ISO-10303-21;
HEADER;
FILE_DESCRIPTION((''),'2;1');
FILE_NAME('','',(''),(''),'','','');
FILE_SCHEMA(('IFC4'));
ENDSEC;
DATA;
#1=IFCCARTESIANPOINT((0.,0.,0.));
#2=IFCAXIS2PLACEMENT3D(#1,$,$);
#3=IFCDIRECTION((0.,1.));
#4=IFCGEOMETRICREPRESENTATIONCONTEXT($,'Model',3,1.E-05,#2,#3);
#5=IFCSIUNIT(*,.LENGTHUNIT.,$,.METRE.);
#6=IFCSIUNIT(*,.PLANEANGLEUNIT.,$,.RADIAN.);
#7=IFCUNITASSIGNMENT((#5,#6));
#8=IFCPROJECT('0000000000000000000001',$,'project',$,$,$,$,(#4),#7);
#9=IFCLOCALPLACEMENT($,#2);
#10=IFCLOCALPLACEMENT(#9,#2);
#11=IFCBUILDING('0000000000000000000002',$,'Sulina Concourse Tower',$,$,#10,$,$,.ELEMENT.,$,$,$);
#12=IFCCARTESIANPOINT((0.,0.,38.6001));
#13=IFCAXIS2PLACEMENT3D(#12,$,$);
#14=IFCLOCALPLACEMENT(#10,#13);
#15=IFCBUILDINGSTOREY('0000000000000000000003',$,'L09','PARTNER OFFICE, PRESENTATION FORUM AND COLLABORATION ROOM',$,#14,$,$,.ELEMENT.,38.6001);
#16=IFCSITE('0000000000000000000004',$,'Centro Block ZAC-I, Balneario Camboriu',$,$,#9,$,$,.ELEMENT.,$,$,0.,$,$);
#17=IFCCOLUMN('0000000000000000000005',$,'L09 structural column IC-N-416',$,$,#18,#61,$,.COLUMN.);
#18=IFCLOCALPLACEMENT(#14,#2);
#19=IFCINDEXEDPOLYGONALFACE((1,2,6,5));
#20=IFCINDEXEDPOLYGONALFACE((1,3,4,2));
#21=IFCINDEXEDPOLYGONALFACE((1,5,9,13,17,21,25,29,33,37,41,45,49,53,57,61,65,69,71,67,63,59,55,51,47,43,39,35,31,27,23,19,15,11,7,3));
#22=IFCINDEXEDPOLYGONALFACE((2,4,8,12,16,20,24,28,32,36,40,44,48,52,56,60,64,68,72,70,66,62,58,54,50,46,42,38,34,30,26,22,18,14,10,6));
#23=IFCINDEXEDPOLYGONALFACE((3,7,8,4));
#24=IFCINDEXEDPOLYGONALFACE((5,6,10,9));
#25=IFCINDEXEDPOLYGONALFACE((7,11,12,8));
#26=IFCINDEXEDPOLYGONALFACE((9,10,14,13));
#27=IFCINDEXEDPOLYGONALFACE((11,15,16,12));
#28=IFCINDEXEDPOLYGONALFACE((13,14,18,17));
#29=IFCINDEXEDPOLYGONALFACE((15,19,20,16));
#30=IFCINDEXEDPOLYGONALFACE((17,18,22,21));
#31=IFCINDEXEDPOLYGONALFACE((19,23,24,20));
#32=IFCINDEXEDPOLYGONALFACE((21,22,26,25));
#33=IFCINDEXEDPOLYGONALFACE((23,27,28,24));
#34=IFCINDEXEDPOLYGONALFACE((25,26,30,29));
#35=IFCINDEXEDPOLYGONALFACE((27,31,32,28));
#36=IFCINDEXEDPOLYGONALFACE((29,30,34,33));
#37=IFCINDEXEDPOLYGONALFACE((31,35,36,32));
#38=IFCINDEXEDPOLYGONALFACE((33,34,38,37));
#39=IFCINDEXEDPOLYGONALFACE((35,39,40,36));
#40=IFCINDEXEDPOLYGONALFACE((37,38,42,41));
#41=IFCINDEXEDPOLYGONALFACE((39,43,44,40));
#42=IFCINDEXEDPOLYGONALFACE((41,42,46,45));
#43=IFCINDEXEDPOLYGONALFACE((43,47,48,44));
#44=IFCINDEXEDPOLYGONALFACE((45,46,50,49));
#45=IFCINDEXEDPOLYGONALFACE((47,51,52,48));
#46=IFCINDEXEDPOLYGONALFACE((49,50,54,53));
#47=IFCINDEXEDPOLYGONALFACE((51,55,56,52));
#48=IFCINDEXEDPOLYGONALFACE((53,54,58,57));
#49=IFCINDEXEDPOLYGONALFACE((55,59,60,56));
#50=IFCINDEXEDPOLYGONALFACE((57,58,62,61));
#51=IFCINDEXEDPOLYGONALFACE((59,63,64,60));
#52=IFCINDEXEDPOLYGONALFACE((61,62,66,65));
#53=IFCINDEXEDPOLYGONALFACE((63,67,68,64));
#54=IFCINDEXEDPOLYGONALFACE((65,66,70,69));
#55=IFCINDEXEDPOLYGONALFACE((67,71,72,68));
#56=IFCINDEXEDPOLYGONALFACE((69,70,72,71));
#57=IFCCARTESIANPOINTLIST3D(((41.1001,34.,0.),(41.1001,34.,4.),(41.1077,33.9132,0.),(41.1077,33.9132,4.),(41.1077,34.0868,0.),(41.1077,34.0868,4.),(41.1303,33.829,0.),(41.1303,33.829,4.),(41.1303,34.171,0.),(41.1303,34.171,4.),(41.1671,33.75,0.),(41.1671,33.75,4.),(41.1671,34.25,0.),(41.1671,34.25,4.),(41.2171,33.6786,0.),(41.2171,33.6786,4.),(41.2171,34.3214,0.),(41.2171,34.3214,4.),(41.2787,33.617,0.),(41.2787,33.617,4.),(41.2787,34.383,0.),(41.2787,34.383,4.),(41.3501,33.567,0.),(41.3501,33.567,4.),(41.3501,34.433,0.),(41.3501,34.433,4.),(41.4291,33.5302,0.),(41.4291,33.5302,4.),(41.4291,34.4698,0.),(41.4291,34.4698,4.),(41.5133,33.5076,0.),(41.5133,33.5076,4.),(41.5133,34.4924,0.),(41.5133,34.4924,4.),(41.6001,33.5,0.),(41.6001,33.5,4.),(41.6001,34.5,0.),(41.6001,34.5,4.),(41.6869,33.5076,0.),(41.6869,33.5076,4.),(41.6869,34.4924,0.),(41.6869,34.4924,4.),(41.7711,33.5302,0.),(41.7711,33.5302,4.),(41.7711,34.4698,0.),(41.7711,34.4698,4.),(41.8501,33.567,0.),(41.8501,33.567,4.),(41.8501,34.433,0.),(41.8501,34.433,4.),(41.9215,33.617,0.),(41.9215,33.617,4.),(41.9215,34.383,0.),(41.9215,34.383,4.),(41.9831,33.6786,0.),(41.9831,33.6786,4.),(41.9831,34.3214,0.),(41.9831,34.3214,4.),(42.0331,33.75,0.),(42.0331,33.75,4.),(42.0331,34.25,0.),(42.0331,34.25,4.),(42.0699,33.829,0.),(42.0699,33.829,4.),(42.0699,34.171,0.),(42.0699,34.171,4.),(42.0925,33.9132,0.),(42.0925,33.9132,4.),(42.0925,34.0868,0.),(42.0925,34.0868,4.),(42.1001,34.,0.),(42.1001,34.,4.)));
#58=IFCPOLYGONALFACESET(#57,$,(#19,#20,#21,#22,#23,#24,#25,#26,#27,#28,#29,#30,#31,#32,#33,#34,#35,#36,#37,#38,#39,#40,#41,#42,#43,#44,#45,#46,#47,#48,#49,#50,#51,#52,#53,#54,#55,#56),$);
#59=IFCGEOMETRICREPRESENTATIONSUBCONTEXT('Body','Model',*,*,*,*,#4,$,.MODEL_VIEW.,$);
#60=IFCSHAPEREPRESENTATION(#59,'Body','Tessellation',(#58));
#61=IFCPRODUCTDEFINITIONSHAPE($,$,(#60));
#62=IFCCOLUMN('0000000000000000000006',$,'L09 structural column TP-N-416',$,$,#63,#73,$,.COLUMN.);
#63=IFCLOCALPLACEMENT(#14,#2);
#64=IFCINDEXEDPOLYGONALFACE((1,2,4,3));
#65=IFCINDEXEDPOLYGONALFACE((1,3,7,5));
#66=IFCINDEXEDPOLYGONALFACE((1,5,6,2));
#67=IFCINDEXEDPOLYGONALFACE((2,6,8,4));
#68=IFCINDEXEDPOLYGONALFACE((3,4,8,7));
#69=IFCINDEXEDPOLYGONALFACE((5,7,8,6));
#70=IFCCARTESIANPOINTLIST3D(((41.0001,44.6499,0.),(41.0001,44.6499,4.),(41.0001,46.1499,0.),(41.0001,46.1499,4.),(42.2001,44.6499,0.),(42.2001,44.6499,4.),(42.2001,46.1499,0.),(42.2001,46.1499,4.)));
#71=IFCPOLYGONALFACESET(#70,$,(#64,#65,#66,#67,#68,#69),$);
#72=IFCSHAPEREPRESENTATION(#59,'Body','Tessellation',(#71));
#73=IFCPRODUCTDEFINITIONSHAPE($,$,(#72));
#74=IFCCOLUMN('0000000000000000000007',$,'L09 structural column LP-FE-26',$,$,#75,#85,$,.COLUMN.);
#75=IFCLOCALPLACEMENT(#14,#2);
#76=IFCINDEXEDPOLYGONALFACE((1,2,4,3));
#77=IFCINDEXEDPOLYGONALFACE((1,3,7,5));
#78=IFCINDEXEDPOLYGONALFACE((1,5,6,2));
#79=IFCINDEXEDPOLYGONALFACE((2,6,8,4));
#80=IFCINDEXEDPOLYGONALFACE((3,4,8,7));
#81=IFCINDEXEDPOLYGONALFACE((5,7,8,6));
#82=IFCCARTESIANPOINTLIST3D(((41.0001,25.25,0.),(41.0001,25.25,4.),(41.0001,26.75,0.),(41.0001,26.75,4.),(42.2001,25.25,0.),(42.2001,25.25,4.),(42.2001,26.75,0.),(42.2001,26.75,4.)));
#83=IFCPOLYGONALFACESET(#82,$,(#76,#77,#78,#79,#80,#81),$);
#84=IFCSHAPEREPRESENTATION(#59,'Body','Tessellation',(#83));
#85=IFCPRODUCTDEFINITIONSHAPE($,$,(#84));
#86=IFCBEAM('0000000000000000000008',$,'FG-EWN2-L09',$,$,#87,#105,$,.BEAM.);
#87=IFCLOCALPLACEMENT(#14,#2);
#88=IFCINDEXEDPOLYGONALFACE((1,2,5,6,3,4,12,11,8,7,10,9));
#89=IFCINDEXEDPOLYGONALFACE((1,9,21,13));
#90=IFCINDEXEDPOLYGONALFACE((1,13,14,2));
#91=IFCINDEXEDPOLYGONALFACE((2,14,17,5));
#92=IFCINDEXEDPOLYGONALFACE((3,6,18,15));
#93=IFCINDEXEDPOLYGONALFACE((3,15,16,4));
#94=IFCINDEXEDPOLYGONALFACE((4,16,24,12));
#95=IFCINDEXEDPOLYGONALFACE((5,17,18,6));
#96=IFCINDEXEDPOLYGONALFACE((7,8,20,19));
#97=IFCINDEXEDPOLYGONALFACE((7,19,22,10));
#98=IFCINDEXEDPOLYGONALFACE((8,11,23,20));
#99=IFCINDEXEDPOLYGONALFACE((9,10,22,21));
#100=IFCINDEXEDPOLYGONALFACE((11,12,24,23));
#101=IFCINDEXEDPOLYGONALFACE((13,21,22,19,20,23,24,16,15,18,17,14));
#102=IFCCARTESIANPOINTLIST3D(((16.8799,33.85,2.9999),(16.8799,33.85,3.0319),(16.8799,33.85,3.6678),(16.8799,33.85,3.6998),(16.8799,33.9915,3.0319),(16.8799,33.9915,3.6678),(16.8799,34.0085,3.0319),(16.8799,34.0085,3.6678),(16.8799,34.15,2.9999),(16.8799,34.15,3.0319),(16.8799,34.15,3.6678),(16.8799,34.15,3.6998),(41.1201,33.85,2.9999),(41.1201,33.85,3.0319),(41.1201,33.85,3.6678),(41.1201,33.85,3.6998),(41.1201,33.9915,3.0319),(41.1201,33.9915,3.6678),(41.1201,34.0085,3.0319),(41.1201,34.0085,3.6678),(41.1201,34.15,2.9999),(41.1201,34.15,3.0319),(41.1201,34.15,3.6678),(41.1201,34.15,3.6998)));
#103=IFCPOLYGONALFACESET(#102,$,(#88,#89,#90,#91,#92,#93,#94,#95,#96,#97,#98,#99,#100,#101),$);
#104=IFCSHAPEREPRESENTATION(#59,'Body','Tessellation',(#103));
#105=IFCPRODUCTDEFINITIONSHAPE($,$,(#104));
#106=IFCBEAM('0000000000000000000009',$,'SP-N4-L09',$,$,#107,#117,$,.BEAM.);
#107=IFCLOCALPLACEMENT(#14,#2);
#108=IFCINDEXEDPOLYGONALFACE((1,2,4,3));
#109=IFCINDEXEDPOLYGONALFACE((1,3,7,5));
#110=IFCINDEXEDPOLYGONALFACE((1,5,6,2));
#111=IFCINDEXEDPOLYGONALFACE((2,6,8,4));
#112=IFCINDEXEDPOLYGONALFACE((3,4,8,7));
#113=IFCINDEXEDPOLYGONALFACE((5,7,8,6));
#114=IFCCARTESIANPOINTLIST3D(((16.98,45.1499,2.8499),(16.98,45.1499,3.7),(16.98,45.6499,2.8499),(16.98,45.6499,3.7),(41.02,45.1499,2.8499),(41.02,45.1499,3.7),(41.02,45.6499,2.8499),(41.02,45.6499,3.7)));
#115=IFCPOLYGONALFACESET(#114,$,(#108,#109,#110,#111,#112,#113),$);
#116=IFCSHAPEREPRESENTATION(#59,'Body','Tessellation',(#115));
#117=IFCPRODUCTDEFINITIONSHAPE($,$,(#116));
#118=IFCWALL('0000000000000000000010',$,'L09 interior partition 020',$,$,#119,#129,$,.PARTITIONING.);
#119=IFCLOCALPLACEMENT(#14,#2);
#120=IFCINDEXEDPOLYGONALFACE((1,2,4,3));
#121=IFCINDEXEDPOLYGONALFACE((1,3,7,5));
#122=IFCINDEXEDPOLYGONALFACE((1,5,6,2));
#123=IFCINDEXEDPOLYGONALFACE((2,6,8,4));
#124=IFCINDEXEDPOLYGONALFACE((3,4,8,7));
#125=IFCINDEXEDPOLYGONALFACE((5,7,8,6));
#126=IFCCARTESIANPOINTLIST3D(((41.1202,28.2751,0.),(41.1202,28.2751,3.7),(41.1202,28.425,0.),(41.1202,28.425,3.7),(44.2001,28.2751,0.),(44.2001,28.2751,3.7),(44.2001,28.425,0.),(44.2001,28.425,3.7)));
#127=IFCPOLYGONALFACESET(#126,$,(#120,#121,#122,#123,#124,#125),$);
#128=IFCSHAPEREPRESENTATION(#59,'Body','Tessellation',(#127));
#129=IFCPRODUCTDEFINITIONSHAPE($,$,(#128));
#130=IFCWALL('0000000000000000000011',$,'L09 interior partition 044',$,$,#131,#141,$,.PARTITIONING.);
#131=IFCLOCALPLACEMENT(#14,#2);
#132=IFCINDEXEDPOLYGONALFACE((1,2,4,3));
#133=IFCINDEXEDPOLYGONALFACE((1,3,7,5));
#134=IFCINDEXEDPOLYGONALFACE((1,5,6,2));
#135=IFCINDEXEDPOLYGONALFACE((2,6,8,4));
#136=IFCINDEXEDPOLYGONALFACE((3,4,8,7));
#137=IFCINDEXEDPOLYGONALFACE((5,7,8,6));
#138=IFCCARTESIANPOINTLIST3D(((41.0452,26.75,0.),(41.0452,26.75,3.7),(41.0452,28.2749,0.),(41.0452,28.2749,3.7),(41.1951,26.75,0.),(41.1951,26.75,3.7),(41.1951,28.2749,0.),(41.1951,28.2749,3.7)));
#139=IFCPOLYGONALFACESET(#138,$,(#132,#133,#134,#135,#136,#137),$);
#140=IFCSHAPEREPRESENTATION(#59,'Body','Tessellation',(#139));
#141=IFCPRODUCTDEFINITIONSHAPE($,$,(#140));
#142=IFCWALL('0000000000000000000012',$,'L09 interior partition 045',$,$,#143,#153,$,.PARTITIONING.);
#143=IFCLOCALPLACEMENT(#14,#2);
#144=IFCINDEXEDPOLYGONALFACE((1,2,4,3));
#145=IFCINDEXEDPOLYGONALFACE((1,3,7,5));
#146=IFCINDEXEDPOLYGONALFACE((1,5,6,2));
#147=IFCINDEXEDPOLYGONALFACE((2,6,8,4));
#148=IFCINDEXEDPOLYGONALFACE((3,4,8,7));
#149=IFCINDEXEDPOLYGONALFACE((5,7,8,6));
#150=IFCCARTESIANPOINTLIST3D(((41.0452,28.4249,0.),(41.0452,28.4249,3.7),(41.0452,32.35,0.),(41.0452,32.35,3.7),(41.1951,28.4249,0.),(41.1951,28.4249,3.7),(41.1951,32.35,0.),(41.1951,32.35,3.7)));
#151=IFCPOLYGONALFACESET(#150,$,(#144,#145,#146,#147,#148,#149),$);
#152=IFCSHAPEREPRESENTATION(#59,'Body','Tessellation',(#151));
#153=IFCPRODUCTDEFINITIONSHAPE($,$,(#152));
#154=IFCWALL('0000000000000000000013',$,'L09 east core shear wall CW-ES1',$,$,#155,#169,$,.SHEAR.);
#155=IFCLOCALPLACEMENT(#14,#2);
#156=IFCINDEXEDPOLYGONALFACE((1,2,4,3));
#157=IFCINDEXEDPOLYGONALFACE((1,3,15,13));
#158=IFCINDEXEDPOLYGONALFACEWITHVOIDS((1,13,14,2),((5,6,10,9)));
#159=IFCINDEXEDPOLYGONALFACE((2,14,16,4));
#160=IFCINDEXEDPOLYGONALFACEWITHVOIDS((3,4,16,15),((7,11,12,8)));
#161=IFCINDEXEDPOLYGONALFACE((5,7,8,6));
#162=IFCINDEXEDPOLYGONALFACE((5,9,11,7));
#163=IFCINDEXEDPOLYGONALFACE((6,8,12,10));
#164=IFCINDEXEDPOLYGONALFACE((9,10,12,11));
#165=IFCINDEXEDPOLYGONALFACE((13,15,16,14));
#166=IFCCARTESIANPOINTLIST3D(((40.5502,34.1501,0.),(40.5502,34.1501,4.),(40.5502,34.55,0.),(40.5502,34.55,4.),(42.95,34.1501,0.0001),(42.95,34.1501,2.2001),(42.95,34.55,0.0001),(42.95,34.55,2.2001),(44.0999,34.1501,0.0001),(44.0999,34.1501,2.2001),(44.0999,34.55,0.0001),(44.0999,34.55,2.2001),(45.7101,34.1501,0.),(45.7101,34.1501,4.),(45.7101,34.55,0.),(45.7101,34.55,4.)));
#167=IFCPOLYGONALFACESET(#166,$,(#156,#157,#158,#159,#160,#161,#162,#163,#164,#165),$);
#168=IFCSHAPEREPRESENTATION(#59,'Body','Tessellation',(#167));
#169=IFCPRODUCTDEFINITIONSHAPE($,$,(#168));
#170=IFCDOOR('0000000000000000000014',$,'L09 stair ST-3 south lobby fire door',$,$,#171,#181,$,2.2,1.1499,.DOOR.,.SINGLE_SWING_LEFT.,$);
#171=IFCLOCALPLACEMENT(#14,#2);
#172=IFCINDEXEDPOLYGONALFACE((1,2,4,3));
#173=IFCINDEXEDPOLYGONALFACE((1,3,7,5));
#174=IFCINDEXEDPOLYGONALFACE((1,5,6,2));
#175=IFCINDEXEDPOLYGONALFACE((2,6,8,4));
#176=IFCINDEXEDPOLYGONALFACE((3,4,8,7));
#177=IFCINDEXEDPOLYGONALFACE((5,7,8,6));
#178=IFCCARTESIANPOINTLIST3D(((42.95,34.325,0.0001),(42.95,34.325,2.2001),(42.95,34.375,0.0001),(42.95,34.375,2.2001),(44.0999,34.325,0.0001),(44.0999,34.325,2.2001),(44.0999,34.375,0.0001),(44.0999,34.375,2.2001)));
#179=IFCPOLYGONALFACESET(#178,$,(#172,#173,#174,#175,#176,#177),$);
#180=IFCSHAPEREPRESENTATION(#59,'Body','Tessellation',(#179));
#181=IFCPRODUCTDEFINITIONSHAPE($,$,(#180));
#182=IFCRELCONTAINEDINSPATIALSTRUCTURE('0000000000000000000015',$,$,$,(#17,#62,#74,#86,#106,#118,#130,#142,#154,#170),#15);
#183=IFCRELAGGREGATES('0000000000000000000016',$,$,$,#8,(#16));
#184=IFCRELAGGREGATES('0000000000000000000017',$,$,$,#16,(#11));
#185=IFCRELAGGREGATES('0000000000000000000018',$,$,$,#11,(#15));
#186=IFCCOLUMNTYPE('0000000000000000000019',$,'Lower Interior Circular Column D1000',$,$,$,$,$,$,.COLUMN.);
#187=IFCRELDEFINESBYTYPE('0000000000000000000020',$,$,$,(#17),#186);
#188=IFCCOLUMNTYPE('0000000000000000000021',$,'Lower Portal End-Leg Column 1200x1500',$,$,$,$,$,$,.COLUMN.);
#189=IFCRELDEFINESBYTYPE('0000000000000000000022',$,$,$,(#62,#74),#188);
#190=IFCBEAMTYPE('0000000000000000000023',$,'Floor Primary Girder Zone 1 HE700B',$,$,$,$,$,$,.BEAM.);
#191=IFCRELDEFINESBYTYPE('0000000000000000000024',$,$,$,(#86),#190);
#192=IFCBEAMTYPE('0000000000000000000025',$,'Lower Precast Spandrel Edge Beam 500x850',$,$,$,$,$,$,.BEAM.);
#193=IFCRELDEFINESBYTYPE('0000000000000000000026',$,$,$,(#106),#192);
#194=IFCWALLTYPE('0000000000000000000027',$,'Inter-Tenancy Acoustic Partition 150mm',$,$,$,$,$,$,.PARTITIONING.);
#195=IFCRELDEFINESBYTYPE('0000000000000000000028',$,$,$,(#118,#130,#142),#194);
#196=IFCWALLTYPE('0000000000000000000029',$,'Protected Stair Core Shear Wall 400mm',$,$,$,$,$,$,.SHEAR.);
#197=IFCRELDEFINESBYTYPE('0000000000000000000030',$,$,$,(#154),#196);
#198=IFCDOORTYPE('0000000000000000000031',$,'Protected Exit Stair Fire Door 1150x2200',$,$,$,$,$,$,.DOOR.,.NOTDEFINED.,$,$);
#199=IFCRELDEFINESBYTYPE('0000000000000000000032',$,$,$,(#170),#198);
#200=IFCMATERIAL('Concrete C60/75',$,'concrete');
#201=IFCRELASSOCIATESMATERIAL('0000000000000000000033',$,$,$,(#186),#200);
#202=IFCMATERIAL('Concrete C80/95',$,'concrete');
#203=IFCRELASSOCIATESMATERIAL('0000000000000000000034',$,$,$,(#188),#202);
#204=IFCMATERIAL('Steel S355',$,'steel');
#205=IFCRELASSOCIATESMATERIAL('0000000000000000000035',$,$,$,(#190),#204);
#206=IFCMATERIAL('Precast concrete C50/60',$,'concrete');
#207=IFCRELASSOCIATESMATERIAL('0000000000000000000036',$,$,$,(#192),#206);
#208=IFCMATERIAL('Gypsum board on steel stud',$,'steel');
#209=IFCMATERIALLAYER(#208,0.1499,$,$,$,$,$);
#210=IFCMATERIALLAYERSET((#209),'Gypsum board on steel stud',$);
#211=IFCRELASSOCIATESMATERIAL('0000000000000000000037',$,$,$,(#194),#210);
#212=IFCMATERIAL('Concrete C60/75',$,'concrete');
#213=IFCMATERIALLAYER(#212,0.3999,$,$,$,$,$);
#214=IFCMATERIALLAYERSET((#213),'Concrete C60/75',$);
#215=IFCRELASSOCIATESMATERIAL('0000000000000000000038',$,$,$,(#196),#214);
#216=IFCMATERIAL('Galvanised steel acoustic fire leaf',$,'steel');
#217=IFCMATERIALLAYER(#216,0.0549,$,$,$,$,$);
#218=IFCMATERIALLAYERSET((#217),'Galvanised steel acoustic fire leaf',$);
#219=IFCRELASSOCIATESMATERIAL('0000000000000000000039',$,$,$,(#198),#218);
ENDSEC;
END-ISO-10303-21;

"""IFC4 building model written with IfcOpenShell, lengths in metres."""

from ifc_helpers import new_model, si_unit, direction, frame, frame_2d, origin, origin_2d, place, context, subcontext, project, spatial, rectangle, circle, i_section, extrude, material, layer, layer_set, material_profile, profile_set, type_object, element, fill, save


model = new_model("IFC4")

# Units and contexts
model_context = context("Model", 3, precision=1e-05, world=origin(), true_north=direction((0.0, 1.0)))
body_context = subcontext(model_context, "Body", "Model", "MODEL_VIEW")
ifc_project = project(units=[si_unit("LENGTHUNIT", "METRE"), si_unit("PLANEANGLEUNIT", "RADIAN")], contexts=[model_context])

# Site, building, storey
site_placement = place(None, origin())
site = spatial("IfcSite", under=ifc_project, at=site_placement, Name="Centro Block ZAC-I, Balneario Camboriu", CompositionType="ELEMENT", RefElevation=0.0)
building_placement = place(site_placement, origin())
building = spatial("IfcBuilding", under=site, at=building_placement, Name="Sulina Concourse Tower", CompositionType="ELEMENT")
storey_placement = place(building_placement, frame((0.0, 0.0, 38.6001)))
storey = spatial("IfcBuildingStorey", under=building, at=storey_placement, Name="L09", Description="PARTNER OFFICE, PRESENTATION FORUM AND COLLABORATION ROOM", CompositionType="ELEMENT", Elevation=38.6001)

# Columns
ifc_material_1 = material(Name="Concrete C60/75", Category="concrete")
ifc_material_profile_1 = material_profile(ifc_material_1, circle(Radius=0.5, at=origin_2d()), Name="RC D1000")
ifc_profile_set_1 = profile_set([ifc_material_profile_1], Name="Concrete C60/75")
column_type_1 = type_object("IfcColumnType", Name="Lower Interior Circular Column D1000", PredefinedType="COLUMN", material=ifc_profile_set_1)
column_placement = place(storey_placement, frame((41.6001, 34.0, 0.0), z_axis=(0.0, 0.0, 1.0), x_axis=(1.0, 0.0, 0.0)))
element("IfcColumn", 1, at=column_placement, inside=storey, type_object=column_type_1, Name="L09 structural column IC-N-416", PredefinedType="COLUMN", context=body_context, shape_type="SweptSolid", body=[
    extrude(circle(Radius=0.5, at=origin_2d()), origin(), (0.0, 0.0, 1.0), 4.0),
])
ifc_material_2 = material(Name="Concrete C80/95", Category="concrete")
ifc_material_profile_2 = material_profile(ifc_material_2, rectangle(XDim=1.2, YDim=1.5, at=origin_2d()), Name="RC 1200x1500")
ifc_profile_set_2 = profile_set([ifc_material_profile_2], Name="Concrete C80/95")
column_type_2 = type_object("IfcColumnType", Name="Lower Portal End-Leg Column 1200x1500", PredefinedType="COLUMN", material=ifc_profile_set_2)
for number, where, z_axis, x_axis, name in (
    (2, (41.6001, 45.3999, 0.0), (0.0, 0.0, 1.0), (1.0, 0.0, 0.0), "L09 structural column TP-N-416"),
    (3, (41.6001, 26.0, 0.0), (0.0, 0.0, 1.0), (1.0, 0.0, 0.0), "L09 structural column LP-FE-26"),
):
    element("IfcColumn", number, at=place(storey_placement, frame(where, z_axis=z_axis, x_axis=x_axis)), inside=storey, type_object=column_type_2, Name=name, PredefinedType="COLUMN", context=body_context, shape_type="SweptSolid", body=[
        extrude(rectangle(XDim=1.2, YDim=1.5, at=origin_2d()), origin(), (0.0, 0.0, 1.0), 4.0),
    ])

# Beams
ifc_material_3 = material(Name="Steel S355", Category="steel")
ifc_material_profile_3 = material_profile(ifc_material_3, i_section(OverallWidth=0.3, OverallDepth=0.7, WebThickness=0.0171, FlangeThickness=0.032, at=origin_2d()), Name="HE 700 B")
ifc_profile_set_3 = profile_set([ifc_material_profile_3], Name="Steel S355")
beam_type_1 = type_object("IfcBeamType", Name="Floor Primary Girder Zone 1 HE700B", PredefinedType="BEAM", material=ifc_profile_set_3)
beam_1_placement = place(storey_placement, frame((16.8799, 34.0, 3.3499), z_axis=(1.0, 0.0, 0.0), x_axis=(0.0, 1.0, 0.0)))
element("IfcBeam", 4, at=beam_1_placement, inside=storey, type_object=beam_type_1, Name="FG-EWN2-L09", PredefinedType="BEAM", context=body_context, shape_type="SweptSolid", body=[
    extrude(i_section(OverallWidth=0.3, OverallDepth=0.7, WebThickness=0.0171, FlangeThickness=0.032, at=origin_2d()), origin(), (0.0, 0.0, 1.0), 24.2402),
])
ifc_material_4 = material(Name="Precast concrete C50/60", Category="concrete")
ifc_material_profile_4 = material_profile(ifc_material_4, rectangle(XDim=0.5, YDim=0.8501, at=origin_2d()), Name="RC 500x850")
ifc_profile_set_4 = profile_set([ifc_material_profile_4], Name="Precast concrete C50/60")
beam_type_2 = type_object("IfcBeamType", Name="Lower Precast Spandrel Edge Beam 500x850", PredefinedType="BEAM", material=ifc_profile_set_4)
beam_2_placement = place(storey_placement, frame((16.98, 45.3999, 3.2749), z_axis=(1.0, 0.0, 0.0), x_axis=(0.0, 1.0, 0.0)))
element("IfcBeam", 5, at=beam_2_placement, inside=storey, type_object=beam_type_2, Name="SP-N4-L09", PredefinedType="BEAM", context=body_context, shape_type="SweptSolid", body=[
    extrude(rectangle(XDim=0.5, YDim=0.8501, at=origin_2d()), origin(), (0.0, 0.0, 1.0), 24.04),
])

# Wall
ifc_material_5 = material(Name="Gypsum board on steel stud", Category="steel")
ifc_layer_1 = layer(ifc_material_5, 0.1499)
ifc_layer_set_1 = layer_set([ifc_layer_1], Name="Gypsum board on steel stud")
wall_type_1 = type_object("IfcWallType", Name="Inter-Tenancy Acoustic Partition 150mm", PredefinedType="PARTITIONING", material=ifc_layer_set_1)
wall_1_placement = place(storey_placement, frame((41.1201, 28.3501, 0.0), z_axis=(0.0, 0.0, 1.0), x_axis=(1.0, 0.0, 0.0)))
element("IfcWall", 6, at=wall_1_placement, inside=storey, type_object=wall_type_1, Name="L09 interior partition 020", PredefinedType="PARTITIONING", context=body_context, shape_type="SweptSolid", body=[
    extrude(rectangle(XDim=3.0798, YDim=0.1499, at=frame_2d((1.54, 0.0))), origin(), (0.0, 0.0, 1.0), 3.7),
])

# Walls
wall_2_placement = place(storey_placement, frame((41.1201, 26.75, 0.0), z_axis=(0.0, 0.0, 1.0), x_axis=(0.0, 1.0, 0.0)))
element("IfcWall", 7, at=wall_2_placement, inside=storey, type_object=wall_type_1, Name="L09 interior partition 044", PredefinedType="PARTITIONING", context=body_context, shape_type="SweptSolid", body=[
    extrude(rectangle(XDim=1.5249, YDim=0.1499, at=frame_2d((0.7625, 0.0))), origin(), (0.0, 0.0, 1.0), 3.7),
])
wall_3_placement = place(storey_placement, frame((41.1201, 28.425, 0.0), z_axis=(0.0, 0.0, 1.0), x_axis=(0.0, 1.0, 0.0)))
element("IfcWall", 8, at=wall_3_placement, inside=storey, type_object=wall_type_1, Name="L09 interior partition 045", PredefinedType="PARTITIONING", context=body_context, shape_type="SweptSolid", body=[
    extrude(rectangle(XDim=3.925, YDim=0.1499, at=frame_2d((1.9624, 0.0))), origin(), (0.0, 0.0, 1.0), 3.7),
])

# Wall, opening, door
ifc_material_6 = material(Name="Concrete C60/75", Category="concrete")
ifc_layer_2 = layer(ifc_material_6, 0.3999)
ifc_layer_set_2 = layer_set([ifc_layer_2], Name="Concrete C60/75")
wall_type_2 = type_object("IfcWallType", Name="Protected Stair Core Shear Wall 400mm", PredefinedType="SHEAR", material=ifc_layer_set_2)
wall_4_placement = place(storey_placement, frame((40.55, 34.3501, 0.0), z_axis=(0.0, 0.0, 1.0), x_axis=(1.0, 0.0, 0.0)))
wall_4 = element("IfcWall", 9, at=wall_4_placement, inside=storey, type_object=wall_type_2, Name="L09 east core shear wall CW-ES1", PredefinedType="SHEAR", context=body_context, shape_type="SweptSolid", body=[
    extrude(rectangle(XDim=5.1599, YDim=0.3999, at=frame_2d((2.5801, 0.0))), origin(), (0.0, 0.0, 1.0), 4.0),
])
opening_1_placement = place(wall_4_placement, frame((2.3999, 0.0, 0.0)))
opening_1 = element("IfcOpeningElement", 10, at=opening_1_placement, cuts=wall_4, PredefinedType="OPENING", context=body_context, shape_type="SweptSolid", body=[
    extrude(rectangle(XDim=1.1499, YDim=2.2, at=frame_2d((0.575, 1.1001))), frame((0.0, 0.21, 0.0), z_axis=(0.0, -1.0, 0.0), x_axis=(1.0, 0.0, 0.0)), (0.0, 0.0, 1.0), 0.4199),
])
ifc_material_7 = material(Name="Galvanised steel acoustic fire leaf", Category="steel")
ifc_layer_3 = layer(ifc_material_7, 0.0549)
ifc_layer_set_3 = layer_set([ifc_layer_3], Name="Galvanised steel acoustic fire leaf")
door_type_1 = type_object("IfcDoorType", Name="Protected Exit Stair Fire Door 1150x2200", OperationType="NOTDEFINED", PredefinedType="DOOR", material=ifc_layer_set_3)
door_1_placement = place(opening_1_placement, origin())
door_1 = element("IfcDoor", 11, at=door_1_placement, inside=storey, type_object=door_type_1, Name="L09 stair ST-3 south lobby fire door", OperationType="SINGLE_SWING_LEFT", OverallHeight=2.2, OverallWidth=1.1499, PredefinedType="DOOR", context=body_context, shape_type="SweptSolid", body=[
    extrude(rectangle(XDim=1.1499, YDim=2.2, at=frame_2d((0.575, 1.1001))), frame((0.0, 0.0249, 0.0), z_axis=(0.0, -1.0, 0.0), x_axis=(1.0, 0.0, 0.0)), (0.0, 0.0, 1.0), 0.05),
])
fill(opening_1, door_1)

save(model, "model.ifc")
